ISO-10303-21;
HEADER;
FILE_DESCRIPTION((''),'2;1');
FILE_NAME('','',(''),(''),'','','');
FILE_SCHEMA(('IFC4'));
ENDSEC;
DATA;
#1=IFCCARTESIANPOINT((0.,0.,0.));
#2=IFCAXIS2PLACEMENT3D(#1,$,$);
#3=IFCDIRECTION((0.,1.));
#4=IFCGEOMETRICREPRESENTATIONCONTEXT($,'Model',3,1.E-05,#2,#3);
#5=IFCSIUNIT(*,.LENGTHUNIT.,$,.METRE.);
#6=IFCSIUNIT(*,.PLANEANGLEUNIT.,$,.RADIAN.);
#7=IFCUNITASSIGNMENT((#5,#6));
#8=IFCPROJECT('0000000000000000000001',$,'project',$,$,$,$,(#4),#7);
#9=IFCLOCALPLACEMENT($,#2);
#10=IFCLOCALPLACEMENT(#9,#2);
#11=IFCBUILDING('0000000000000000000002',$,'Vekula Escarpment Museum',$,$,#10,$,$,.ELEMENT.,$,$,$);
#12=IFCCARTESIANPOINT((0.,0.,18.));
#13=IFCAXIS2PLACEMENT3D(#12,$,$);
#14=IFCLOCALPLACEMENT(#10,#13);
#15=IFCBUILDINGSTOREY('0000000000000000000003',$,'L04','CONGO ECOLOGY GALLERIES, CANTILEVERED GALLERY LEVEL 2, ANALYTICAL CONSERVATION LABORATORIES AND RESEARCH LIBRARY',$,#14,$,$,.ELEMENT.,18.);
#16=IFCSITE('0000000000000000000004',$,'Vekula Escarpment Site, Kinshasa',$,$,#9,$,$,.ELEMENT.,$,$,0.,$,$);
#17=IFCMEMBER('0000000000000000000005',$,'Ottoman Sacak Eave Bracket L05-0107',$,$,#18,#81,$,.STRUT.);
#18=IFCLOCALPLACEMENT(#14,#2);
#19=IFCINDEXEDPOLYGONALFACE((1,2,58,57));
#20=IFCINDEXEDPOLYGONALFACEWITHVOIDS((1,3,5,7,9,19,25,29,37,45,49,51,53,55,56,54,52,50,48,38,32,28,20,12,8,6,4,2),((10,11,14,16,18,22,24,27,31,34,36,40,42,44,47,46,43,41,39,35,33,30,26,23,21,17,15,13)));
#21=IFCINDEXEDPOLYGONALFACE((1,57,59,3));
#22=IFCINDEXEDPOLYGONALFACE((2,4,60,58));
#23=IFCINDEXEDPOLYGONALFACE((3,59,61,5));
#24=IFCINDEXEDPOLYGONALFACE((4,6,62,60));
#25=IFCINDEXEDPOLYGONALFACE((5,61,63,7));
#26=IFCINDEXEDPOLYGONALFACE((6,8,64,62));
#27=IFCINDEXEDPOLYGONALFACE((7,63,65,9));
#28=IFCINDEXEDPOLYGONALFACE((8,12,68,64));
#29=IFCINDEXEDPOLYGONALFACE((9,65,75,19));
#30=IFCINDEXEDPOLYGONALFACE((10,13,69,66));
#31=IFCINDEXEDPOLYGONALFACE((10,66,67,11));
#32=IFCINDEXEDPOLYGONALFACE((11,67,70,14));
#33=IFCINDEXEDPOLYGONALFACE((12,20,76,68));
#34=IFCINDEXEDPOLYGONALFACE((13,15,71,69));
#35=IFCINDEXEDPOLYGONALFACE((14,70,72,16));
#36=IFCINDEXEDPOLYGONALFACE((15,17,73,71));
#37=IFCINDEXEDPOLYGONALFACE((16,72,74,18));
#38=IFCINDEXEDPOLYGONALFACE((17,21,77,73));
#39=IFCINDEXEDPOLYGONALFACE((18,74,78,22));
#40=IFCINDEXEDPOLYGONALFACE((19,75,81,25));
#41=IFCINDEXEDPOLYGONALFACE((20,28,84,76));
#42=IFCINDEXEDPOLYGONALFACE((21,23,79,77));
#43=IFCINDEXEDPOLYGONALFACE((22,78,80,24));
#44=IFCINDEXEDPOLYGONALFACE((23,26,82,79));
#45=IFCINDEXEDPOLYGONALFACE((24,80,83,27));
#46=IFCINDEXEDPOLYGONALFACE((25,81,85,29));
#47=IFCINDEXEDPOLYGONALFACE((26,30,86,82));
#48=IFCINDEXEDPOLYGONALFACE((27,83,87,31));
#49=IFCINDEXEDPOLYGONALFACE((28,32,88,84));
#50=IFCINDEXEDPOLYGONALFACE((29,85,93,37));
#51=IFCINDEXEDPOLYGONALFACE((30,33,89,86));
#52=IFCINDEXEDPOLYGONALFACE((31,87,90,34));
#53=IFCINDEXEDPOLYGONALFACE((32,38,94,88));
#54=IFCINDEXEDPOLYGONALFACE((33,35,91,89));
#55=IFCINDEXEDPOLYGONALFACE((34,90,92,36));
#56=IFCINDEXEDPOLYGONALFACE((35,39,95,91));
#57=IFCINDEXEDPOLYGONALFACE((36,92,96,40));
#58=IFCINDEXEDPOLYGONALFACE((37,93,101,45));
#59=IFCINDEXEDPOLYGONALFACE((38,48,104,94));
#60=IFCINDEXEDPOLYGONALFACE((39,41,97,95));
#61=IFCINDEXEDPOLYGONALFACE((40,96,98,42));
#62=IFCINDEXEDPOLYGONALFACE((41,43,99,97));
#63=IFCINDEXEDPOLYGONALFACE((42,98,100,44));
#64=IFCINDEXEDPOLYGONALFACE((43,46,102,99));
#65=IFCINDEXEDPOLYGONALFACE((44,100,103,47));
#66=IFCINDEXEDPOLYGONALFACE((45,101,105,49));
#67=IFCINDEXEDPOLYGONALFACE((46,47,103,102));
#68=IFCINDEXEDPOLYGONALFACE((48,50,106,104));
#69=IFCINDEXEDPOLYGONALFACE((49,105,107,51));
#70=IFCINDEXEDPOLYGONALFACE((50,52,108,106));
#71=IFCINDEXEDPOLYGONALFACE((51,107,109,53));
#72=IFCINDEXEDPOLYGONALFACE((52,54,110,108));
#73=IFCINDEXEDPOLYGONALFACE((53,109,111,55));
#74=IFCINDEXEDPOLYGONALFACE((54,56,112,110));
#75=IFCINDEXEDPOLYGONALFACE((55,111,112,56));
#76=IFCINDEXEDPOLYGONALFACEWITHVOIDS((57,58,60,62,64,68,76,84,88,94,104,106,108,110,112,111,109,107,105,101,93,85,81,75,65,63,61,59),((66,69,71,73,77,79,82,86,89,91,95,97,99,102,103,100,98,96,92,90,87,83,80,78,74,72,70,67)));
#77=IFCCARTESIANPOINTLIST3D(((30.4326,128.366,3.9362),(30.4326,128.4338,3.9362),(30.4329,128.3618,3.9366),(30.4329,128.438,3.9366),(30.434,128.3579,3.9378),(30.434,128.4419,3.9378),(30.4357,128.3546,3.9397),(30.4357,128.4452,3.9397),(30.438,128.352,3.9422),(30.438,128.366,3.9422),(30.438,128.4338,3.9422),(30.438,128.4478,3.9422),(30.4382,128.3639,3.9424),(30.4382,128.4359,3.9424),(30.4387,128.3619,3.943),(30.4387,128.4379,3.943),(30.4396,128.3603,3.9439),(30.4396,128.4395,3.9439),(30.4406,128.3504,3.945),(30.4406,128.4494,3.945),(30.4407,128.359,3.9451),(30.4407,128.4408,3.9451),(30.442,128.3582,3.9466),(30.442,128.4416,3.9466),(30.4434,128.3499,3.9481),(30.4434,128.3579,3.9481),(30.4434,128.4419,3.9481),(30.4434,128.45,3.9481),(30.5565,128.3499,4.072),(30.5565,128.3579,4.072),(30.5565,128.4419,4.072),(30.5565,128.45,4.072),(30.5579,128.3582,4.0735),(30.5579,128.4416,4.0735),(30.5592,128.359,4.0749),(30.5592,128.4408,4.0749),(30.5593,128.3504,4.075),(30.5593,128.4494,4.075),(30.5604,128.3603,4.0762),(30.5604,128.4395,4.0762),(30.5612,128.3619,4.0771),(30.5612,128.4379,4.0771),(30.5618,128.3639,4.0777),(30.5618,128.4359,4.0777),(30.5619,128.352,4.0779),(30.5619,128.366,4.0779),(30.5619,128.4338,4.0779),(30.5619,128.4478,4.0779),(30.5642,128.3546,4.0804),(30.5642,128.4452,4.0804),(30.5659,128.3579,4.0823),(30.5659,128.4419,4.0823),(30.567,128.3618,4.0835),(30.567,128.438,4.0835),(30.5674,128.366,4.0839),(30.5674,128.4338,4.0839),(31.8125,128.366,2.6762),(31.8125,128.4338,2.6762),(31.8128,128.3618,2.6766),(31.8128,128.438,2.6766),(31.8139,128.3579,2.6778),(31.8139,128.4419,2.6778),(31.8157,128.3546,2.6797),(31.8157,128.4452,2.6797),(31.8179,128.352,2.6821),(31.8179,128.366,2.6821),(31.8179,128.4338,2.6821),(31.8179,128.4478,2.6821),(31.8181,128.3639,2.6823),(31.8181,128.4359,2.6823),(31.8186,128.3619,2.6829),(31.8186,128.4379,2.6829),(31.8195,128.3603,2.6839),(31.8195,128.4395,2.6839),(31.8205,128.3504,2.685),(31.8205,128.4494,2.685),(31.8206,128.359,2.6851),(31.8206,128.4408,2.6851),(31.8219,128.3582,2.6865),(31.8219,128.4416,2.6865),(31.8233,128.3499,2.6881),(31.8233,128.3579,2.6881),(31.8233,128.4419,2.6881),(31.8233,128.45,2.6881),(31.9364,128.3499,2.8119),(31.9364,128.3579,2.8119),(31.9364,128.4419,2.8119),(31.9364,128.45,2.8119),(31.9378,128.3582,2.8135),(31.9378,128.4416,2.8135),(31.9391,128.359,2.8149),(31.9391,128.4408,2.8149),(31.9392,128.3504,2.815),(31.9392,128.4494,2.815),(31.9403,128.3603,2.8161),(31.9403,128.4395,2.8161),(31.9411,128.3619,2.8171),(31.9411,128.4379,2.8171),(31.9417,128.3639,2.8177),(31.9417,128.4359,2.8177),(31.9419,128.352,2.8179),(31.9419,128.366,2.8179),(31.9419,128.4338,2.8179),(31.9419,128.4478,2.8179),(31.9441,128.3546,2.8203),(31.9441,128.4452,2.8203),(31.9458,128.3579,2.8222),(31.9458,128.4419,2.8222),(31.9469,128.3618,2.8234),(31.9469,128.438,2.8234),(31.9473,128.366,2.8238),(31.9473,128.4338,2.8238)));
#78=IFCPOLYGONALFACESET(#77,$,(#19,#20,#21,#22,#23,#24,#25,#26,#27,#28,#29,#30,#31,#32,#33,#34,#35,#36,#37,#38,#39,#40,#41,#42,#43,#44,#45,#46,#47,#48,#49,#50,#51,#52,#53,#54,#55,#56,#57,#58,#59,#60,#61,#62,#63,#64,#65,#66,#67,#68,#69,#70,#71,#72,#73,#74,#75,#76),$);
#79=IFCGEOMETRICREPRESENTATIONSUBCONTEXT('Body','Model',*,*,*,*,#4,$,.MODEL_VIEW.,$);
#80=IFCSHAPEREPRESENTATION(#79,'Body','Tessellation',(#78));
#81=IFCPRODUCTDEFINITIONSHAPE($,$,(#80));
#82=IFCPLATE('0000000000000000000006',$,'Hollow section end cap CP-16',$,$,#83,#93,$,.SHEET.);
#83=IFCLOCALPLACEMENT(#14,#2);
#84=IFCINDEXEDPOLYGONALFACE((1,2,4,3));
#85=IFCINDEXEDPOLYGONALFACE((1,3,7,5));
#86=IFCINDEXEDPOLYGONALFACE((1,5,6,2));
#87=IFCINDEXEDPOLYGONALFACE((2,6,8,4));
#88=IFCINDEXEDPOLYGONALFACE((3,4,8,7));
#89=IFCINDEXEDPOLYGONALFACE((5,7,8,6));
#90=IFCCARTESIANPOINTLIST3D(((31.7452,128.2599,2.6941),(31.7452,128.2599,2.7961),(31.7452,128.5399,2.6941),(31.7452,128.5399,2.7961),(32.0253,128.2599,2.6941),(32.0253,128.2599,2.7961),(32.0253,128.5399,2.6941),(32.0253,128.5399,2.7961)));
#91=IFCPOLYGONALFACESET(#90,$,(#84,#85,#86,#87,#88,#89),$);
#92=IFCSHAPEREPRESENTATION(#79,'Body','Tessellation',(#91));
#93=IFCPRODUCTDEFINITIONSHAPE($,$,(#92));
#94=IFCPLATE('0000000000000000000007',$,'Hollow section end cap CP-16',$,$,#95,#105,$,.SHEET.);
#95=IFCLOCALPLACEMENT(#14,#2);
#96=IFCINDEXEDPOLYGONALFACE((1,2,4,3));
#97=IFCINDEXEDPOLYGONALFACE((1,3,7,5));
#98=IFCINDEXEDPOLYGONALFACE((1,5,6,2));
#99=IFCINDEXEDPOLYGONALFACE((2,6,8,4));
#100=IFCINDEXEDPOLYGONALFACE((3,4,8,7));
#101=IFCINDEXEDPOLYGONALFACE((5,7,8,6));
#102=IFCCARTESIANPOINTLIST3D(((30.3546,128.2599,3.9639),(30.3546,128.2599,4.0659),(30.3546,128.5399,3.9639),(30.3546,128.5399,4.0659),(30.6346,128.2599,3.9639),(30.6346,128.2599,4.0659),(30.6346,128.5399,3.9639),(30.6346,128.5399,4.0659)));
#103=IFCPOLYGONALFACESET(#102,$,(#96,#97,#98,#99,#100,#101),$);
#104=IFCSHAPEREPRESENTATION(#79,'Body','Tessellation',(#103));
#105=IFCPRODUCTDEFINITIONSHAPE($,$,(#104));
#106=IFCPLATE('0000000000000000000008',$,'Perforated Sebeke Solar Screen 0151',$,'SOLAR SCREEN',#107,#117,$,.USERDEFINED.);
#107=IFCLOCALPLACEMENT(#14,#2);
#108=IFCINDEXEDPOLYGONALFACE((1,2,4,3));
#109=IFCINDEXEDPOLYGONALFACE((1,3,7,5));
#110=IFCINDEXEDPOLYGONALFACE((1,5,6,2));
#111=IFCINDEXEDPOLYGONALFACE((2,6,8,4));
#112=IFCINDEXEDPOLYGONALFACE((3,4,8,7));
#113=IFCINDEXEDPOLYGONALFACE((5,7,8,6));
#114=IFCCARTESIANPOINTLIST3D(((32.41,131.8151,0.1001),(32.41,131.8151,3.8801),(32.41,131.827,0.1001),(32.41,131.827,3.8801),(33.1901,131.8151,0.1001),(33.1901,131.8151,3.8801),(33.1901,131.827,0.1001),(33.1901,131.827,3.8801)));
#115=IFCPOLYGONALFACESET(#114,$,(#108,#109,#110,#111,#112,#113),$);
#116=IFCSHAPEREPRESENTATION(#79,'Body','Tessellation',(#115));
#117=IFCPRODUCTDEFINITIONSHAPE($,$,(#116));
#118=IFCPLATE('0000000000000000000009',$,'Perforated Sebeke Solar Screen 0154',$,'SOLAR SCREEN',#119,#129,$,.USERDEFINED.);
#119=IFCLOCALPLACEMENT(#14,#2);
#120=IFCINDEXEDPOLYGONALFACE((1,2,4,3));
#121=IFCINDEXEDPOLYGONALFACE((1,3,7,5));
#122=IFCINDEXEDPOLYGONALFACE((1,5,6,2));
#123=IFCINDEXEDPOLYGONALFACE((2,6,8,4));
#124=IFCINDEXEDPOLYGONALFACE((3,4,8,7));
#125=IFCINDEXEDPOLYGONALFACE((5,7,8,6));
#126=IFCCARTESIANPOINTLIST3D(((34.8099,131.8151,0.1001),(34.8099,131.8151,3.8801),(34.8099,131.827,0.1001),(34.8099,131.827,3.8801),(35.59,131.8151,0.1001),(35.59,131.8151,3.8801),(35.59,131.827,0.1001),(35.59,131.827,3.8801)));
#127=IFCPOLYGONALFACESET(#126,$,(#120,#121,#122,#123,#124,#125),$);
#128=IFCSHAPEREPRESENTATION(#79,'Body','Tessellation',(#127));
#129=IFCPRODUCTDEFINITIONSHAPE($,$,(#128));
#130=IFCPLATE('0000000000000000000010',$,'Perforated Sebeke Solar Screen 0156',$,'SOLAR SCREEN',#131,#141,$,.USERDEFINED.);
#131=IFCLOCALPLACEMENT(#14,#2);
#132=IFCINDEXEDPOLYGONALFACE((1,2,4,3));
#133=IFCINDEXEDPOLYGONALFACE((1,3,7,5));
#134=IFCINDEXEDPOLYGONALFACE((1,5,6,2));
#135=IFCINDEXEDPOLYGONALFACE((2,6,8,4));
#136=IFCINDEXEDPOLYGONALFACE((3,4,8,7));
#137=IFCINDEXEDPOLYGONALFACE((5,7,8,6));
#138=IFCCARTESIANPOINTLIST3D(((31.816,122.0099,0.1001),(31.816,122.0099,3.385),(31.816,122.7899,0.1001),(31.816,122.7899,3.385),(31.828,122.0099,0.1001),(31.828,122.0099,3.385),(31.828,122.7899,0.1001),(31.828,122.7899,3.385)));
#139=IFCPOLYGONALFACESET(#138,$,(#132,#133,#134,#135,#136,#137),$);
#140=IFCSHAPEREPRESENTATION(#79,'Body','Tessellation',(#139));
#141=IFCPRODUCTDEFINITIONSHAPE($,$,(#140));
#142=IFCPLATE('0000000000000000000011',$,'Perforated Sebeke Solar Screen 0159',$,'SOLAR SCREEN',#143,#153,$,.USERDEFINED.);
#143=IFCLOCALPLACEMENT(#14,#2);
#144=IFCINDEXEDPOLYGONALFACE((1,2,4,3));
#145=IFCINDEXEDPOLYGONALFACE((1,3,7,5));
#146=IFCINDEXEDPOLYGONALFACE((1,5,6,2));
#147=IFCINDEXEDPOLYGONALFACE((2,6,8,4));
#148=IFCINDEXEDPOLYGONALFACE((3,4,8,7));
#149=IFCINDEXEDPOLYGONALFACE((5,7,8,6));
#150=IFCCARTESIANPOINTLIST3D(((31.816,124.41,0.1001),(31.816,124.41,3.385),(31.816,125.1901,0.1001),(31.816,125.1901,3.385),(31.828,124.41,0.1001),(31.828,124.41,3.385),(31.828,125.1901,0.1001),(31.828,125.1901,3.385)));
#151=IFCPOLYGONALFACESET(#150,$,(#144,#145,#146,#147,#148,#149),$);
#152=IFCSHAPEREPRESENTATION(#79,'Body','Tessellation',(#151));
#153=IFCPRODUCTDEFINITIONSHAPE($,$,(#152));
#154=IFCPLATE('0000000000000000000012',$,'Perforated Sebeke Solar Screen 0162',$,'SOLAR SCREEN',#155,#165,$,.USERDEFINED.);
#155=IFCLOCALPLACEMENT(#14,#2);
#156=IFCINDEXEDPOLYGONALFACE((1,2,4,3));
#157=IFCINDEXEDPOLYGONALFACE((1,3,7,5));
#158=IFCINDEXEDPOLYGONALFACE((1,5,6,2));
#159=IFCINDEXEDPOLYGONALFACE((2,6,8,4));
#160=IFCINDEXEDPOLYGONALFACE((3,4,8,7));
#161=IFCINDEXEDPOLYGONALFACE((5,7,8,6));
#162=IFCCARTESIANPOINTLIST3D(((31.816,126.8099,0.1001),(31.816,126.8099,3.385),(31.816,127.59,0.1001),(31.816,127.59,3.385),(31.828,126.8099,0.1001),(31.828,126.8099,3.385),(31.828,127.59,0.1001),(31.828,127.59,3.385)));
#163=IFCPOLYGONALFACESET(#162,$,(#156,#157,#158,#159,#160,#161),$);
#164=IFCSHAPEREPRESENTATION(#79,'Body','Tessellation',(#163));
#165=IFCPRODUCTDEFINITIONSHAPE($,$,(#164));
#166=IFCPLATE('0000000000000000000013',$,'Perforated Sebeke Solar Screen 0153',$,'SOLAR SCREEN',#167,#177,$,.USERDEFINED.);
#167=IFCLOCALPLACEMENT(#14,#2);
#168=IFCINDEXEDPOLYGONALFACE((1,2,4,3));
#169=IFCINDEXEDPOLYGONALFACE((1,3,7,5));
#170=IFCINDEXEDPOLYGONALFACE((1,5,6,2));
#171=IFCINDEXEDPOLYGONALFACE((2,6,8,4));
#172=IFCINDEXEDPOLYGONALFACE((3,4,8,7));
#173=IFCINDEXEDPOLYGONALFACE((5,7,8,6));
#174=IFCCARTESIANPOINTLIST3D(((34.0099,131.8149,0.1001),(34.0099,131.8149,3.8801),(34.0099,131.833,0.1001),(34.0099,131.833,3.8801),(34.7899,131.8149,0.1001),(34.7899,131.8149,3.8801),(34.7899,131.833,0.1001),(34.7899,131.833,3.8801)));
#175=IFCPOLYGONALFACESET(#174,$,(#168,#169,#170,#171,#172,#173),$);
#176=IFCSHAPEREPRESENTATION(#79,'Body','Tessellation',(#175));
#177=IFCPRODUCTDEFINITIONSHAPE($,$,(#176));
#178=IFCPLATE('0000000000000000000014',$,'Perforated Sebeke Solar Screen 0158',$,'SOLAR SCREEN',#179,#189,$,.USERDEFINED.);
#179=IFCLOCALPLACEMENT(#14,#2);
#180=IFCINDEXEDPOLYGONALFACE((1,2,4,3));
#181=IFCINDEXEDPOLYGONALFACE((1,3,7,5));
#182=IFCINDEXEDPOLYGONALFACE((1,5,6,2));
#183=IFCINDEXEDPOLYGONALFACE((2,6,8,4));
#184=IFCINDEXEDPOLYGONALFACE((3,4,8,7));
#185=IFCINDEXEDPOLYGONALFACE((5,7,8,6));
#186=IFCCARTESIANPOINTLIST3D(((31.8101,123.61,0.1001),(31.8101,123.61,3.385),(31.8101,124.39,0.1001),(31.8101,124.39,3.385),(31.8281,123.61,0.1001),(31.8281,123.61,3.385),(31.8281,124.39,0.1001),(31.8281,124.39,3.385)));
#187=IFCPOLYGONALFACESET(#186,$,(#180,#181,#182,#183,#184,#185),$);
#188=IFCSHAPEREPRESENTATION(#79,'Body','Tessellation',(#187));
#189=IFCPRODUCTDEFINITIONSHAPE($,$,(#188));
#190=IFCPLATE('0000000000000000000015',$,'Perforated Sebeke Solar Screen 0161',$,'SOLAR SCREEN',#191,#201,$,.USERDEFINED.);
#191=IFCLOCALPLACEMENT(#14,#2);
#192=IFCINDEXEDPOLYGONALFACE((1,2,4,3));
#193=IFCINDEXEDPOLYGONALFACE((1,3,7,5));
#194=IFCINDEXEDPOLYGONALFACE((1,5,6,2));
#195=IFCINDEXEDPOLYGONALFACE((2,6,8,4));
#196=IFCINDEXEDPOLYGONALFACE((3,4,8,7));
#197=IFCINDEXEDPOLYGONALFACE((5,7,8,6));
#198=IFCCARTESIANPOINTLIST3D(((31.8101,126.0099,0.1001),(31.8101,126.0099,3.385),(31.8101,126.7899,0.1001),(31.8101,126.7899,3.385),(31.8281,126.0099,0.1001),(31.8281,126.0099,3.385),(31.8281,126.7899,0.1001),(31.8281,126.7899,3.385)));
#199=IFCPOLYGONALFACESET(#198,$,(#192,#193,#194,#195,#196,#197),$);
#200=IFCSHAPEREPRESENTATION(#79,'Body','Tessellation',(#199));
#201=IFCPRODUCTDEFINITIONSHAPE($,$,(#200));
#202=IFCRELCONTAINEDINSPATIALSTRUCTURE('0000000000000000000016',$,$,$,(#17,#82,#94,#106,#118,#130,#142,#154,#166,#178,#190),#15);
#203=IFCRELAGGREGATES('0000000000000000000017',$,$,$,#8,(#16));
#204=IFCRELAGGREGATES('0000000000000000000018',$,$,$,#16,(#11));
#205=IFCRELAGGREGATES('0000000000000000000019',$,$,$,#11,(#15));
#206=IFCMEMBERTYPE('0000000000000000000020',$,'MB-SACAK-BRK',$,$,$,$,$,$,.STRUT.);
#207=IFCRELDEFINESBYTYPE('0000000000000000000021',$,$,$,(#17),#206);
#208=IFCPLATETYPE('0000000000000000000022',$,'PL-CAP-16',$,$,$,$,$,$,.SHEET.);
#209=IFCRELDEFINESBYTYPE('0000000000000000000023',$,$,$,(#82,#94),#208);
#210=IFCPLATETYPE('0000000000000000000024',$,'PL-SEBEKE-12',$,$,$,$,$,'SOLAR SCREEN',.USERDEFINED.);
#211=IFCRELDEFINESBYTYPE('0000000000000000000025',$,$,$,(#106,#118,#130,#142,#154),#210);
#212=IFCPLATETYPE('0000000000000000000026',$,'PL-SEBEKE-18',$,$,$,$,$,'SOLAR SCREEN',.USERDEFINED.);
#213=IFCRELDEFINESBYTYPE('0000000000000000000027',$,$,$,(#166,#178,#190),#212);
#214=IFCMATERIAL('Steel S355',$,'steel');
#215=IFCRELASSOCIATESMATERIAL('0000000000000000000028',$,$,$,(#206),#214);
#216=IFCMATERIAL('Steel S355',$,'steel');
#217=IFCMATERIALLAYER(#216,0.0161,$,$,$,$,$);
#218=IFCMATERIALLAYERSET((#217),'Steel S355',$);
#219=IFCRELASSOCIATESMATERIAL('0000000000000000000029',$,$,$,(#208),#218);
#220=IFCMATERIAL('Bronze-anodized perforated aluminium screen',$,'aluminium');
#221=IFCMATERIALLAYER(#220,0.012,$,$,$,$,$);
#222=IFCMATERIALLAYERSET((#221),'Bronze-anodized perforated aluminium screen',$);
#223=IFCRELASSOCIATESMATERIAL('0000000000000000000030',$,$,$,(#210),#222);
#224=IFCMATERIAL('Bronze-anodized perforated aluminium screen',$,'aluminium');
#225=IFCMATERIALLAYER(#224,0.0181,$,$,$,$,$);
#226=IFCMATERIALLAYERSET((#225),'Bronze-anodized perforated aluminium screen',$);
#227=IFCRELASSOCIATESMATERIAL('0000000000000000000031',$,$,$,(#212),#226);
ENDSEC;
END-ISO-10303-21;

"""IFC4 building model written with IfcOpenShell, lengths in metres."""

from ifc_helpers import new_model, si_unit, direction, frame, origin, origin_2d, place, context, subcontext, project, spatial, rectangle, hollow_rectangle, extrude, material, layer, layer_set, material_profile, profile_set, type_object, element, save


model = new_model("IFC4")

# Units and contexts
model_context = context("Model", 3, precision=1e-05, world=origin(), true_north=direction((0.0, 1.0)))
body_context = subcontext(model_context, "Body", "Model", "MODEL_VIEW")
ifc_project = project(units=[si_unit("LENGTHUNIT", "METRE"), si_unit("PLANEANGLEUNIT", "RADIAN")], contexts=[model_context])

# Site, building, storey
site_placement = place(None, origin())
site = spatial("IfcSite", under=ifc_project, at=site_placement, Name="Vekula Escarpment Site, Kinshasa", CompositionType="ELEMENT", RefElevation=0.0)
building_placement = place(site_placement, origin())
building = spatial("IfcBuilding", under=site, at=building_placement, Name="Vekula Escarpment Museum", CompositionType="ELEMENT")
storey_placement = place(building_placement, frame((0.0, 0.0, 18.0)))
storey = spatial("IfcBuildingStorey", under=building, at=storey_placement, Name="L04", Description="CONGO ECOLOGY GALLERIES, CANTILEVERED GALLERY LEVEL 2, ANALYTICAL CONSERVATION LABORATORIES AND RESEARCH LIBRARY", CompositionType="ELEMENT", Elevation=18.0)

# Member
ifc_material_1 = material(Name="Steel S355", Category="steel")
ifc_material_profile_1 = material_profile(ifc_material_1, hollow_rectangle(XDim=0.1001, YDim=0.2, WallThickness=0.0081, InnerFilletRadius=0.0081, OuterFilletRadius=0.0161, at=origin_2d()), Name="RHS 200x100x8")
ifc_profile_set_1 = profile_set([ifc_material_profile_1], Name="Steel S355")
member_type = type_object("IfcMemberType", Name="MB-SACAK-BRK", PredefinedType="STRUT", material=ifc_profile_set_1)
member_placement = place(storey_placement, frame((31.8799, 128.3999, 2.75), z_axis=(-0.738454, 0.0, 0.674303), x_axis=(0.0, -1.0, 0.0)))
element("IfcMember", 1, at=member_placement, inside=storey, type_object=member_type, Name="Ottoman Sacak Eave Bracket L05-0107", PredefinedType="STRUT", context=body_context, shape_type="SweptSolid", body=[
    extrude(hollow_rectangle(XDim=0.1001, YDim=0.2, WallThickness=0.0081, InnerFilletRadius=0.0081, OuterFilletRadius=0.0161, at=origin_2d()), origin(), (0.0, 0.0, 1.0), 1.8687),
])

# Plates
ifc_material_2 = material(Name="Steel S355", Category="steel")
ifc_layer_1 = layer(ifc_material_2, 0.0161)
ifc_layer_set_1 = layer_set([ifc_layer_1], Name="Steel S355")
plate_type_1 = type_object("IfcPlateType", Name="PL-CAP-16", PredefinedType="SHEET", material=ifc_layer_set_1)
for number, where, z_axis, x_axis, name in (
    (2, (31.8853, 128.3999, 2.6941), (0.0, 0.0, 1.0), (1.0, 0.0, 0.0), "Hollow section end cap CP-16"),
    (3, (30.4946, 128.3999, 3.9639), (0.0, 0.0, 1.0), (1.0, 0.0, 0.0), "Hollow section end cap CP-16"),
):
    element("IfcPlate", number, at=place(storey_placement, frame(where, z_axis=z_axis, x_axis=x_axis)), inside=storey, type_object=plate_type_1, Name=name, PredefinedType="SHEET", context=body_context, shape_type="SweptSolid", body=[
        extrude(rectangle(XDim=0.28, YDim=0.28, at=origin_2d()), origin(), (0.0, 0.0, 1.0), 0.1021),
    ])
ifc_material_3 = material(Name="Bronze-anodized perforated aluminium screen", Category="aluminium")
ifc_layer_2 = layer(ifc_material_3, 0.012)
ifc_layer_set_2 = layer_set([ifc_layer_2], Name="Bronze-anodized perforated aluminium screen")
plate_type_2 = type_object("IfcPlateType", Name="PL-SEBEKE-12", ElementType="SOLAR SCREEN", PredefinedType="USERDEFINED", material=ifc_layer_set_2)
for number, where, z_axis, x_axis, name in (
    (4, (32.8, 131.821, 0.1001), (0.0, 0.0, 1.0), (1.0, 0.0, 0.0), "Perforated Sebeke Solar Screen 0151"),
    (5, (35.2, 131.821, 0.1001), (0.0, 0.0, 1.0), (1.0, 0.0, 0.0), "Perforated Sebeke Solar Screen 0154"),
):
    element("IfcPlate", number, at=place(storey_placement, frame(where, z_axis=z_axis, x_axis=x_axis)), inside=storey, type_object=plate_type_2, Name=name, ObjectType="SOLAR SCREEN", PredefinedType="USERDEFINED", context=body_context, shape_type="SweptSolid", body=[
        extrude(rectangle(XDim=0.78, YDim=0.012, at=origin_2d()), origin(), (0.0, 0.0, 1.0), 3.78),
    ])
for number, where, z_axis, x_axis, name in (
    (6, (31.822, 122.3999, 0.1001), (0.0, 0.0, 1.0), (0.0, 1.0, 0.0), "Perforated Sebeke Solar Screen 0156"),
    (7, (31.822, 124.8, 0.1001), (0.0, 0.0, 1.0), (0.0, 1.0, 0.0), "Perforated Sebeke Solar Screen 0159"),
    (8, (31.822, 127.2, 0.1001), (0.0, 0.0, 1.0), (0.0, 1.0, 0.0), "Perforated Sebeke Solar Screen 0162"),
):
    element("IfcPlate", number, at=place(storey_placement, frame(where, z_axis=z_axis, x_axis=x_axis)), inside=storey, type_object=plate_type_2, Name=name, ObjectType="SOLAR SCREEN", PredefinedType="USERDEFINED", context=body_context, shape_type="SweptSolid", body=[
        extrude(rectangle(XDim=0.78, YDim=0.012, at=origin_2d()), origin(), (0.0, 0.0, 1.0), 3.2849),
    ])
ifc_material_4 = material(Name="Bronze-anodized perforated aluminium screen", Category="aluminium")
ifc_layer_3 = layer(ifc_material_4, 0.0181)
ifc_layer_set_3 = layer_set([ifc_layer_3], Name="Bronze-anodized perforated aluminium screen")
plate_type_3 = type_object("IfcPlateType", Name="PL-SEBEKE-18", ElementType="SOLAR SCREEN", PredefinedType="USERDEFINED", material=ifc_layer_set_3)
plate_placement = place(storey_placement, frame((34.3999, 131.824, 0.1001), z_axis=(0.0, 0.0, 1.0), x_axis=(1.0, 0.0, 0.0)))
element("IfcPlate", 9, at=plate_placement, inside=storey, type_object=plate_type_3, Name="Perforated Sebeke Solar Screen 0153", ObjectType="SOLAR SCREEN", PredefinedType="USERDEFINED", context=body_context, shape_type="SweptSolid", body=[
    extrude(rectangle(XDim=0.78, YDim=0.0181, at=origin_2d()), origin(), (0.0, 0.0, 1.0), 3.78),
])
for number, where, z_axis, x_axis, name in (
    (10, (31.8191, 124.0, 0.1001), (0.0, 0.0, 1.0), (0.0, 1.0, 0.0), "Perforated Sebeke Solar Screen 0158"),
    (11, (31.8191, 126.3999, 0.1001), (0.0, 0.0, 1.0), (0.0, 1.0, 0.0), "Perforated Sebeke Solar Screen 0161"),
):
    element("IfcPlate", number, at=place(storey_placement, frame(where, z_axis=z_axis, x_axis=x_axis)), inside=storey, type_object=plate_type_3, Name=name, ObjectType="SOLAR SCREEN", PredefinedType="USERDEFINED", context=body_context, shape_type="SweptSolid", body=[
        extrude(rectangle(XDim=0.78, YDim=0.0181, at=origin_2d()), origin(), (0.0, 0.0, 1.0), 3.2849),
    ])

save(model, "model.ifc")
